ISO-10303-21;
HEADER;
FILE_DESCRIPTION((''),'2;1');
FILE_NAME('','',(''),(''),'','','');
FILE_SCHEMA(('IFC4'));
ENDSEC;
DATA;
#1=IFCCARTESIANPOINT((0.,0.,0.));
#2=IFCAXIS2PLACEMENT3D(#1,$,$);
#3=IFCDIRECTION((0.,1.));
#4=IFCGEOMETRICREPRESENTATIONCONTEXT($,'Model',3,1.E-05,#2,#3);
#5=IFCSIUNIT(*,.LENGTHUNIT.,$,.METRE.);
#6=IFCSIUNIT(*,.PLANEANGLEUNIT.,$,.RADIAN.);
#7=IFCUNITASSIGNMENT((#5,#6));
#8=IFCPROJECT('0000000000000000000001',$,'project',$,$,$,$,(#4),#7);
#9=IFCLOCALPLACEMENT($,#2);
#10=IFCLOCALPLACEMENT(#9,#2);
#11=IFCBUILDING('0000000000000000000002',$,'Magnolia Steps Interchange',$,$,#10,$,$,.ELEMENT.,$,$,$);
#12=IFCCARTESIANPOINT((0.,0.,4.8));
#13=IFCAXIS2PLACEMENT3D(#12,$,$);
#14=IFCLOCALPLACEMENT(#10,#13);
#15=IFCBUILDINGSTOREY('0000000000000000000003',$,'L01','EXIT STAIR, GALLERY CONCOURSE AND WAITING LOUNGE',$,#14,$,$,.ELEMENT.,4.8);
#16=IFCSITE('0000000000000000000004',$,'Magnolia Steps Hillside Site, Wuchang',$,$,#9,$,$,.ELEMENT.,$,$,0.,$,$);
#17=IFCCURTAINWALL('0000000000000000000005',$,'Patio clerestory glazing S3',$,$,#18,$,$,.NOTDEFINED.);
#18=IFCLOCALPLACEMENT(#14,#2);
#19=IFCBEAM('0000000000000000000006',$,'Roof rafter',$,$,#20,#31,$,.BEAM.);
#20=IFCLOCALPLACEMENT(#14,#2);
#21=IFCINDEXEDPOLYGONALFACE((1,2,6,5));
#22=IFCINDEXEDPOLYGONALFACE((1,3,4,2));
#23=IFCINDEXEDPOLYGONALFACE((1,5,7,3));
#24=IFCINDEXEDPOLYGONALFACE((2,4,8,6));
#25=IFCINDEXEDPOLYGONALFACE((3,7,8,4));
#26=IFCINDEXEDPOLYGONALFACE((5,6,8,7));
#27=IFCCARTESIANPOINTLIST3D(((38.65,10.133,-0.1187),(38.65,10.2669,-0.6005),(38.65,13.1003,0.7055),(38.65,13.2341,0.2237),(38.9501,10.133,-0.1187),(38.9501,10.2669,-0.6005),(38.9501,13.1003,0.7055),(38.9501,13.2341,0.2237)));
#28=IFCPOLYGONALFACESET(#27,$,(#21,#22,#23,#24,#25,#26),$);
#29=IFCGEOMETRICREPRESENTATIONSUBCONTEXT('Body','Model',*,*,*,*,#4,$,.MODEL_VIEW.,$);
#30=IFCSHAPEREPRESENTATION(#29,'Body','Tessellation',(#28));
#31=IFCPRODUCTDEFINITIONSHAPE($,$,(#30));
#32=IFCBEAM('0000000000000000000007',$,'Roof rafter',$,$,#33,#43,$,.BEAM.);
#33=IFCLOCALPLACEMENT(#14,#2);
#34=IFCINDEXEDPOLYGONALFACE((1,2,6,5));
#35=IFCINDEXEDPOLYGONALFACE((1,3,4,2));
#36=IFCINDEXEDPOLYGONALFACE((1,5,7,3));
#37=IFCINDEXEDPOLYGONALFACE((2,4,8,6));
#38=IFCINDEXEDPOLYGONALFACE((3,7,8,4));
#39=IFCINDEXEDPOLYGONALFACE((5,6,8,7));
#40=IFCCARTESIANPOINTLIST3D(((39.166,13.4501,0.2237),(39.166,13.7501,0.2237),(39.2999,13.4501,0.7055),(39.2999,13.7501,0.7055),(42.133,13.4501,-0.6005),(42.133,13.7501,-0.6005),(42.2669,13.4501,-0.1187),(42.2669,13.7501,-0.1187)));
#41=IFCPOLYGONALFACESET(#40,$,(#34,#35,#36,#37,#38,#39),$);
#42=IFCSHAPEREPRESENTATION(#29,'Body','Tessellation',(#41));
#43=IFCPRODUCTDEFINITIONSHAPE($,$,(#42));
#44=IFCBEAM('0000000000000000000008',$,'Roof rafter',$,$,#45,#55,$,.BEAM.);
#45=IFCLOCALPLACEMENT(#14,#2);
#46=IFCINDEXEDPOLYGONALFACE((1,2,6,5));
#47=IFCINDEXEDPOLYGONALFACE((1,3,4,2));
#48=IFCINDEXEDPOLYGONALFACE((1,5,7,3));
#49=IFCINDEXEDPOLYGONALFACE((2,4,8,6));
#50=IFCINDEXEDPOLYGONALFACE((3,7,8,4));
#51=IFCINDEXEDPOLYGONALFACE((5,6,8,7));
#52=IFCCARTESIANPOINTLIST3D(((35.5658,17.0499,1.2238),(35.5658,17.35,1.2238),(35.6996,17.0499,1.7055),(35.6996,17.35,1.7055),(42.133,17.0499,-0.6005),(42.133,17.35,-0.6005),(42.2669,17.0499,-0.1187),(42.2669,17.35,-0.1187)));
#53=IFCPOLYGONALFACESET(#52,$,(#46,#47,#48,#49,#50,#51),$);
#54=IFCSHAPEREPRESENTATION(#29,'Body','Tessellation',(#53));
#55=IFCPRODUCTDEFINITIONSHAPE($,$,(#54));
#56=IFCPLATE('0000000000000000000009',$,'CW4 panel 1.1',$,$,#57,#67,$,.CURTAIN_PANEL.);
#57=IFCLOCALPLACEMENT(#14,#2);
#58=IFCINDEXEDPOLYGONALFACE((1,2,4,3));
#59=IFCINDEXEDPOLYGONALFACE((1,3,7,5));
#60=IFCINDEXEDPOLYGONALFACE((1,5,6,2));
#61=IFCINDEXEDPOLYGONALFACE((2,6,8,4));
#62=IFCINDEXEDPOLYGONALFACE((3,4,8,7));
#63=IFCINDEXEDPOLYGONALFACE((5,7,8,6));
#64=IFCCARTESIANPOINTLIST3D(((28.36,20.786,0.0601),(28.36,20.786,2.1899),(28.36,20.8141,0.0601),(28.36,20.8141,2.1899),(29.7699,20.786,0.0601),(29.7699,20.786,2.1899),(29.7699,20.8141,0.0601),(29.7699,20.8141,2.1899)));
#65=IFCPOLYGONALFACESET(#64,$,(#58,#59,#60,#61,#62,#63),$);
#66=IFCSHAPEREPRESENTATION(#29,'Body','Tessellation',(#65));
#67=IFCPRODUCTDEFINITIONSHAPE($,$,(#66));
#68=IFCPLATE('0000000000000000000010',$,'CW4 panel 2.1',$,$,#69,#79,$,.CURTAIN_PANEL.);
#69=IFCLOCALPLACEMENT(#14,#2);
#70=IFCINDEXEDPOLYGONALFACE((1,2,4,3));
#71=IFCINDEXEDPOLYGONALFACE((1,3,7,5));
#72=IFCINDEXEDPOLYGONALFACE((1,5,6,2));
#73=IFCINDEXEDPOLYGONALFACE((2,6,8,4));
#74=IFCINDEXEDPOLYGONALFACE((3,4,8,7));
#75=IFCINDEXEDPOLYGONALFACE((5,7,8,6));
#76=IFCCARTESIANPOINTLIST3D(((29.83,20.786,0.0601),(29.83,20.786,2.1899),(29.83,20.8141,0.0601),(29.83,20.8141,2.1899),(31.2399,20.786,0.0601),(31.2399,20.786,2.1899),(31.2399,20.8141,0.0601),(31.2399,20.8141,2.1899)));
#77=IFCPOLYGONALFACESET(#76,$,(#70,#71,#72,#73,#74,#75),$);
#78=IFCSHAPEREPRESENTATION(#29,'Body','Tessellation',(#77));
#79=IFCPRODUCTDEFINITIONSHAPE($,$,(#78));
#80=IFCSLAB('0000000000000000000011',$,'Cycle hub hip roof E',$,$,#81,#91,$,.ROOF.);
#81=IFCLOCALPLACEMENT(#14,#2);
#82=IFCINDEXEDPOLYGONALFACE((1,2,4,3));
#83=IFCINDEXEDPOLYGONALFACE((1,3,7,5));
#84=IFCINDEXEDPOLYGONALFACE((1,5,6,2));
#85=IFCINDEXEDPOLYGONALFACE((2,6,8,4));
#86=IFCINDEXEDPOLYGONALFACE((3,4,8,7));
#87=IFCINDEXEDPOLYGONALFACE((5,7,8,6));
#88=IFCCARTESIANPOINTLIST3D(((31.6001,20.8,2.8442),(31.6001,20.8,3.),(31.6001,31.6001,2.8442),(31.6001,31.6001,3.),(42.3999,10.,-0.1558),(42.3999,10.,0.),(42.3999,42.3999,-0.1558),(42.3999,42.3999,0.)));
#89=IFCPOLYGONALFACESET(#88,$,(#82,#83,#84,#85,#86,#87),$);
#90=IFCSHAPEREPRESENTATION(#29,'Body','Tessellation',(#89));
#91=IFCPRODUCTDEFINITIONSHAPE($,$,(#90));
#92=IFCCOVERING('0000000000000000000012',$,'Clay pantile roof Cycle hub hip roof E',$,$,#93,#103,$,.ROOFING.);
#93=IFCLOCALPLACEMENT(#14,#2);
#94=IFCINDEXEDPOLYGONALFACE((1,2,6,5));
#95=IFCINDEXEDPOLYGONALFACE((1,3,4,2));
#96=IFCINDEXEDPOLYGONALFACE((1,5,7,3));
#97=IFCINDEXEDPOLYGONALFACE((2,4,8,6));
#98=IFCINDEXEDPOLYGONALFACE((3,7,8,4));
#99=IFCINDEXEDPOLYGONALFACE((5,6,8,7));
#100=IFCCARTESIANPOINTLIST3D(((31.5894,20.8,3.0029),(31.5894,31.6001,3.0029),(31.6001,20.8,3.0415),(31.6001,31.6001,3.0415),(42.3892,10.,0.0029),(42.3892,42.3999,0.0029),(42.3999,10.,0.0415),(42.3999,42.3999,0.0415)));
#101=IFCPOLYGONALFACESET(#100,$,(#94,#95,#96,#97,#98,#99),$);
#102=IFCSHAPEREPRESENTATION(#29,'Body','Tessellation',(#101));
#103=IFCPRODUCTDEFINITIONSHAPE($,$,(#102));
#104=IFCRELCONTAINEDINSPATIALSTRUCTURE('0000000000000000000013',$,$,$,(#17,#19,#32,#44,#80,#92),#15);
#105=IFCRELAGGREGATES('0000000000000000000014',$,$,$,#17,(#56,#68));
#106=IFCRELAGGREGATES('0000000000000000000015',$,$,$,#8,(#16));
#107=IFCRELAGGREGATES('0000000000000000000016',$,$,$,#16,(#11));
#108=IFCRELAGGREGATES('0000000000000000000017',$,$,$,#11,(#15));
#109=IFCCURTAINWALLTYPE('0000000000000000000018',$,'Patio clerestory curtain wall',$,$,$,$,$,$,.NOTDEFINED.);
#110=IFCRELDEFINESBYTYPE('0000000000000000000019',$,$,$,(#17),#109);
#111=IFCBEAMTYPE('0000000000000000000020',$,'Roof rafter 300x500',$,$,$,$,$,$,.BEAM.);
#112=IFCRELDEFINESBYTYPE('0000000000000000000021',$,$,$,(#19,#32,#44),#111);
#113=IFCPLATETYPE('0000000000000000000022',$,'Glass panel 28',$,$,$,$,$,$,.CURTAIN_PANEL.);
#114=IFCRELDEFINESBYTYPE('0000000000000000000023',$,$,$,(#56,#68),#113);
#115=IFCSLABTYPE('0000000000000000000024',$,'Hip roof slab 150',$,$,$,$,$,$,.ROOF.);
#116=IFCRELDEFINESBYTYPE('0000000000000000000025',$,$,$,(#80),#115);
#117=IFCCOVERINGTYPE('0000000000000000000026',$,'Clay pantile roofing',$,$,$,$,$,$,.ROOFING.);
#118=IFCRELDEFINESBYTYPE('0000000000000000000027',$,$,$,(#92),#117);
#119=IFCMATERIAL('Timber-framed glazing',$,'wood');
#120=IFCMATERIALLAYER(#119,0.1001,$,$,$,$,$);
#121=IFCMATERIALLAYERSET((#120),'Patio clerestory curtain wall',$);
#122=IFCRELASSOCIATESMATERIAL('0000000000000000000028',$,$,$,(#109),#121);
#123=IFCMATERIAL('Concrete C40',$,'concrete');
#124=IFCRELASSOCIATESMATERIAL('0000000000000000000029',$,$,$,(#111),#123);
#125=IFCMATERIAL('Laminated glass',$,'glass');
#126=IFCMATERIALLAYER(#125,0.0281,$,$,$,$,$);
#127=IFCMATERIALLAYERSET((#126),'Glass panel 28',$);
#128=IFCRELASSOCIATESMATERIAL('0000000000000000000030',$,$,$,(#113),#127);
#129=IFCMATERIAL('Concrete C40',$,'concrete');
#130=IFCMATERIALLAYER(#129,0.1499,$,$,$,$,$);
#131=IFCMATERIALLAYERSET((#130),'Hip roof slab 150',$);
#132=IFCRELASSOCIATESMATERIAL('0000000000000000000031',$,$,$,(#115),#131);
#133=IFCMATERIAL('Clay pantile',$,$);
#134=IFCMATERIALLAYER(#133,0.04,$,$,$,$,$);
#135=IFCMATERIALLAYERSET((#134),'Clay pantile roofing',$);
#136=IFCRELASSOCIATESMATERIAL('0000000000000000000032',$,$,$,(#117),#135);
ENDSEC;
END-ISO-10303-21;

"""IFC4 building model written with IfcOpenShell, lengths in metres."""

from ifc_helpers import new_model, si_unit, direction, frame, origin, origin_2d, place, context, subcontext, project, spatial, polyline, rectangle, outline, extrude, material, layer, layer_set, material_profile, profile_set, type_object, element, aggregate, save


model = new_model("IFC4")

# Units and contexts
model_context = context("Model", 3, precision=1e-05, world=origin(), true_north=direction((0.0, 1.0)))
body_context = subcontext(model_context, "Body", "Model", "MODEL_VIEW")
ifc_project = project(units=[si_unit("LENGTHUNIT", "METRE"), si_unit("PLANEANGLEUNIT", "RADIAN")], contexts=[model_context])

# Site, building, storey
site_placement = place(None, origin())
site = spatial("IfcSite", under=ifc_project, at=site_placement, Name="Magnolia Steps Hillside Site, Wuchang", CompositionType="ELEMENT", RefElevation=0.0)
building_placement = place(site_placement, origin())
building = spatial("IfcBuilding", under=site, at=building_placement, Name="Magnolia Steps Interchange", CompositionType="ELEMENT")
storey_placement = place(building_placement, frame((0.0, 0.0, 4.8)))
storey = spatial("IfcBuildingStorey", under=building, at=storey_placement, Name="L01", Description="EXIT STAIR, GALLERY CONCOURSE AND WAITING LOUNGE", CompositionType="ELEMENT", Elevation=4.8)

# Curtain wall
ifc_material_1 = material(Name="Timber-framed glazing", Category="wood")
ifc_layer_1 = layer(ifc_material_1, 0.1001)
ifc_layer_set_1 = layer_set([ifc_layer_1], Name="Patio clerestory curtain wall")
curtain_wall_type = type_object("IfcCurtainWallType", Name="Patio clerestory curtain wall", PredefinedType="NOTDEFINED", material=ifc_layer_set_1)
curtain_wall_1_placement = place(storey_placement, origin())
curtain_wall_1 = element("IfcCurtainWall", 1, at=curtain_wall_1_placement, inside=storey, type_object=curtain_wall_type, Name="Patio clerestory glazing S3", PredefinedType="NOTDEFINED")

# Beams
ifc_material_2 = material(Name="Concrete C40", Category="concrete")
ifc_material_profile_1 = material_profile(ifc_material_2, rectangle(XDim=0.3, YDim=0.5, at=origin_2d()), Name="RC300x500")
ifc_profile_set_1 = profile_set([ifc_material_profile_1], Name="Concrete C40")
beam_type_1 = type_object("IfcBeamType", Name="Roof rafter 300x500", PredefinedType="BEAM", material=ifc_profile_set_1)
beam_1_placement = place(storey_placement, frame((38.8, 10.2, -0.3596), z_axis=(0.0, 0.96352, 0.267636), x_axis=(-1.0, 0.0, 0.0)))
element("IfcBeam", 2, at=beam_1_placement, inside=storey, type_object=beam_type_1, Name="Roof rafter", PredefinedType="BEAM", context=body_context, shape_type="SweptSolid", body=[
    extrude(rectangle(XDim=0.3, YDim=0.5, at=origin_2d()), origin(), (0.0, 0.0, 1.0), 3.0796),
])
beam_2_placement = place(storey_placement, frame((42.2, 13.6001, -0.3596), z_axis=(-0.963515, 0.0, 0.267656), x_axis=(0.0, -1.0, 0.0)))
element("IfcBeam", 3, at=beam_2_placement, inside=storey, type_object=beam_type_1, Name="Roof rafter", PredefinedType="BEAM", context=body_context, shape_type="SweptSolid", body=[
    extrude(rectangle(XDim=0.3, YDim=0.5, at=origin_2d()), origin(), (0.0, 0.0, 1.0), 3.0793),
])
beam_3_placement = place(storey_placement, frame((42.2, 17.2, -0.3596), z_axis=(-0.963517, 0.0, 0.267646), x_axis=(0.0, -1.0, 0.0)))
element("IfcBeam", 4, at=beam_3_placement, inside=storey, type_object=beam_type_1, Name="Roof rafter", PredefinedType="BEAM", context=body_context, shape_type="SweptSolid", body=[
    extrude(rectangle(XDim=0.3, YDim=0.5, at=origin_2d()), origin(), (0.0, 0.0, 1.0), 6.8159),
])

# Plates
ifc_material_3 = material(Name="Laminated glass", Category="glass")
ifc_layer_2 = layer(ifc_material_3, 0.0281)
ifc_layer_set_2 = layer_set([ifc_layer_2], Name="Glass panel 28")
plate_type = type_object("IfcPlateType", Name="Glass panel 28", PredefinedType="CURTAIN_PANEL", material=ifc_layer_set_2)
plate_1_placement = place(storey_placement, frame((29.0649, 20.8, 0.0601), z_axis=(0.0, 0.0, 1.0), x_axis=(1.0, 0.0, 0.0)))
plate_1 = element("IfcPlate", 5, at=plate_1_placement, type_object=plate_type, Name="CW4 panel 1.1", PredefinedType="CURTAIN_PANEL", context=body_context, shape_type="SweptSolid", body=[
    extrude(rectangle(XDim=1.4099, YDim=0.0281, at=origin_2d()), origin(), (0.0, 0.0, 1.0), 2.1299),
])
plate_2_placement = place(storey_placement, frame((30.5349, 20.8, 0.0601), z_axis=(0.0, 0.0, 1.0), x_axis=(1.0, 0.0, 0.0)))
plate_2 = element("IfcPlate", 6, at=plate_2_placement, type_object=plate_type, Name="CW4 panel 2.1", PredefinedType="CURTAIN_PANEL", context=body_context, shape_type="SweptSolid", body=[
    extrude(rectangle(XDim=1.4099, YDim=0.0281, at=origin_2d()), origin(), (0.0, 0.0, 1.0), 2.1299),
])
aggregate(curtain_wall_1, [plate_1, plate_2])

# Slab
ifc_material_4 = material(Name="Concrete C40", Category="concrete")
ifc_layer_3 = layer(ifc_material_4, 0.1499)
ifc_layer_set_3 = layer_set([ifc_layer_3], Name="Hip roof slab 150")
slab_type = type_object("IfcSlabType", Name="Hip roof slab 150", PredefinedType="ROOF", material=ifc_layer_set_3)
slab_placement = place(storey_placement, frame((42.3999, 10.0, 0.0), z_axis=(0.267648, 0.0, 0.963517), x_axis=(0.0, 1.0, 0.0)))
element("IfcSlab", 7, at=slab_placement, inside=storey, type_object=slab_type, Name="Cycle hub hip roof E", PredefinedType="ROOF", context=body_context, shape_type="SweptSolid", body=[
    extrude(outline(polyline([(0.0, 0.0), (32.3999, 0.0), (21.6001, 11.2087), (10.8, 11.2087), (0.0, 0.0)])), origin(), (0.0, -0.267648, -0.963517), 0.1558),
])

# Covering
ifc_material_5 = material(Name="Clay pantile")
ifc_layer_4 = layer(ifc_material_5, 0.04)
ifc_layer_set_4 = layer_set([ifc_layer_4], Name="Clay pantile roofing")
covering_type = type_object("IfcCoveringType", Name="Clay pantile roofing", PredefinedType="ROOFING", material=ifc_layer_set_4)
covering_1_placement = place(storey_placement, frame((42.3999, 10.0, 0.0415), z_axis=(0.267648, 0.0, 0.963517), x_axis=(0.0, 1.0, 0.0)))
element("IfcCovering", 8, at=covering_1_placement, inside=storey, type_object=covering_type, Name="Clay pantile roof Cycle hub hip roof E", PredefinedType="ROOFING", context=body_context, shape_type="SweptSolid", body=[
    extrude(outline(polyline([(0.0, 0.0), (32.3999, 0.0), (21.6001, 11.2087), (10.8, 11.2087), (0.0, 0.0)])), origin(), (0.0, 0.0, -1.0), 0.04),
])

save(model, "model.ifc")
